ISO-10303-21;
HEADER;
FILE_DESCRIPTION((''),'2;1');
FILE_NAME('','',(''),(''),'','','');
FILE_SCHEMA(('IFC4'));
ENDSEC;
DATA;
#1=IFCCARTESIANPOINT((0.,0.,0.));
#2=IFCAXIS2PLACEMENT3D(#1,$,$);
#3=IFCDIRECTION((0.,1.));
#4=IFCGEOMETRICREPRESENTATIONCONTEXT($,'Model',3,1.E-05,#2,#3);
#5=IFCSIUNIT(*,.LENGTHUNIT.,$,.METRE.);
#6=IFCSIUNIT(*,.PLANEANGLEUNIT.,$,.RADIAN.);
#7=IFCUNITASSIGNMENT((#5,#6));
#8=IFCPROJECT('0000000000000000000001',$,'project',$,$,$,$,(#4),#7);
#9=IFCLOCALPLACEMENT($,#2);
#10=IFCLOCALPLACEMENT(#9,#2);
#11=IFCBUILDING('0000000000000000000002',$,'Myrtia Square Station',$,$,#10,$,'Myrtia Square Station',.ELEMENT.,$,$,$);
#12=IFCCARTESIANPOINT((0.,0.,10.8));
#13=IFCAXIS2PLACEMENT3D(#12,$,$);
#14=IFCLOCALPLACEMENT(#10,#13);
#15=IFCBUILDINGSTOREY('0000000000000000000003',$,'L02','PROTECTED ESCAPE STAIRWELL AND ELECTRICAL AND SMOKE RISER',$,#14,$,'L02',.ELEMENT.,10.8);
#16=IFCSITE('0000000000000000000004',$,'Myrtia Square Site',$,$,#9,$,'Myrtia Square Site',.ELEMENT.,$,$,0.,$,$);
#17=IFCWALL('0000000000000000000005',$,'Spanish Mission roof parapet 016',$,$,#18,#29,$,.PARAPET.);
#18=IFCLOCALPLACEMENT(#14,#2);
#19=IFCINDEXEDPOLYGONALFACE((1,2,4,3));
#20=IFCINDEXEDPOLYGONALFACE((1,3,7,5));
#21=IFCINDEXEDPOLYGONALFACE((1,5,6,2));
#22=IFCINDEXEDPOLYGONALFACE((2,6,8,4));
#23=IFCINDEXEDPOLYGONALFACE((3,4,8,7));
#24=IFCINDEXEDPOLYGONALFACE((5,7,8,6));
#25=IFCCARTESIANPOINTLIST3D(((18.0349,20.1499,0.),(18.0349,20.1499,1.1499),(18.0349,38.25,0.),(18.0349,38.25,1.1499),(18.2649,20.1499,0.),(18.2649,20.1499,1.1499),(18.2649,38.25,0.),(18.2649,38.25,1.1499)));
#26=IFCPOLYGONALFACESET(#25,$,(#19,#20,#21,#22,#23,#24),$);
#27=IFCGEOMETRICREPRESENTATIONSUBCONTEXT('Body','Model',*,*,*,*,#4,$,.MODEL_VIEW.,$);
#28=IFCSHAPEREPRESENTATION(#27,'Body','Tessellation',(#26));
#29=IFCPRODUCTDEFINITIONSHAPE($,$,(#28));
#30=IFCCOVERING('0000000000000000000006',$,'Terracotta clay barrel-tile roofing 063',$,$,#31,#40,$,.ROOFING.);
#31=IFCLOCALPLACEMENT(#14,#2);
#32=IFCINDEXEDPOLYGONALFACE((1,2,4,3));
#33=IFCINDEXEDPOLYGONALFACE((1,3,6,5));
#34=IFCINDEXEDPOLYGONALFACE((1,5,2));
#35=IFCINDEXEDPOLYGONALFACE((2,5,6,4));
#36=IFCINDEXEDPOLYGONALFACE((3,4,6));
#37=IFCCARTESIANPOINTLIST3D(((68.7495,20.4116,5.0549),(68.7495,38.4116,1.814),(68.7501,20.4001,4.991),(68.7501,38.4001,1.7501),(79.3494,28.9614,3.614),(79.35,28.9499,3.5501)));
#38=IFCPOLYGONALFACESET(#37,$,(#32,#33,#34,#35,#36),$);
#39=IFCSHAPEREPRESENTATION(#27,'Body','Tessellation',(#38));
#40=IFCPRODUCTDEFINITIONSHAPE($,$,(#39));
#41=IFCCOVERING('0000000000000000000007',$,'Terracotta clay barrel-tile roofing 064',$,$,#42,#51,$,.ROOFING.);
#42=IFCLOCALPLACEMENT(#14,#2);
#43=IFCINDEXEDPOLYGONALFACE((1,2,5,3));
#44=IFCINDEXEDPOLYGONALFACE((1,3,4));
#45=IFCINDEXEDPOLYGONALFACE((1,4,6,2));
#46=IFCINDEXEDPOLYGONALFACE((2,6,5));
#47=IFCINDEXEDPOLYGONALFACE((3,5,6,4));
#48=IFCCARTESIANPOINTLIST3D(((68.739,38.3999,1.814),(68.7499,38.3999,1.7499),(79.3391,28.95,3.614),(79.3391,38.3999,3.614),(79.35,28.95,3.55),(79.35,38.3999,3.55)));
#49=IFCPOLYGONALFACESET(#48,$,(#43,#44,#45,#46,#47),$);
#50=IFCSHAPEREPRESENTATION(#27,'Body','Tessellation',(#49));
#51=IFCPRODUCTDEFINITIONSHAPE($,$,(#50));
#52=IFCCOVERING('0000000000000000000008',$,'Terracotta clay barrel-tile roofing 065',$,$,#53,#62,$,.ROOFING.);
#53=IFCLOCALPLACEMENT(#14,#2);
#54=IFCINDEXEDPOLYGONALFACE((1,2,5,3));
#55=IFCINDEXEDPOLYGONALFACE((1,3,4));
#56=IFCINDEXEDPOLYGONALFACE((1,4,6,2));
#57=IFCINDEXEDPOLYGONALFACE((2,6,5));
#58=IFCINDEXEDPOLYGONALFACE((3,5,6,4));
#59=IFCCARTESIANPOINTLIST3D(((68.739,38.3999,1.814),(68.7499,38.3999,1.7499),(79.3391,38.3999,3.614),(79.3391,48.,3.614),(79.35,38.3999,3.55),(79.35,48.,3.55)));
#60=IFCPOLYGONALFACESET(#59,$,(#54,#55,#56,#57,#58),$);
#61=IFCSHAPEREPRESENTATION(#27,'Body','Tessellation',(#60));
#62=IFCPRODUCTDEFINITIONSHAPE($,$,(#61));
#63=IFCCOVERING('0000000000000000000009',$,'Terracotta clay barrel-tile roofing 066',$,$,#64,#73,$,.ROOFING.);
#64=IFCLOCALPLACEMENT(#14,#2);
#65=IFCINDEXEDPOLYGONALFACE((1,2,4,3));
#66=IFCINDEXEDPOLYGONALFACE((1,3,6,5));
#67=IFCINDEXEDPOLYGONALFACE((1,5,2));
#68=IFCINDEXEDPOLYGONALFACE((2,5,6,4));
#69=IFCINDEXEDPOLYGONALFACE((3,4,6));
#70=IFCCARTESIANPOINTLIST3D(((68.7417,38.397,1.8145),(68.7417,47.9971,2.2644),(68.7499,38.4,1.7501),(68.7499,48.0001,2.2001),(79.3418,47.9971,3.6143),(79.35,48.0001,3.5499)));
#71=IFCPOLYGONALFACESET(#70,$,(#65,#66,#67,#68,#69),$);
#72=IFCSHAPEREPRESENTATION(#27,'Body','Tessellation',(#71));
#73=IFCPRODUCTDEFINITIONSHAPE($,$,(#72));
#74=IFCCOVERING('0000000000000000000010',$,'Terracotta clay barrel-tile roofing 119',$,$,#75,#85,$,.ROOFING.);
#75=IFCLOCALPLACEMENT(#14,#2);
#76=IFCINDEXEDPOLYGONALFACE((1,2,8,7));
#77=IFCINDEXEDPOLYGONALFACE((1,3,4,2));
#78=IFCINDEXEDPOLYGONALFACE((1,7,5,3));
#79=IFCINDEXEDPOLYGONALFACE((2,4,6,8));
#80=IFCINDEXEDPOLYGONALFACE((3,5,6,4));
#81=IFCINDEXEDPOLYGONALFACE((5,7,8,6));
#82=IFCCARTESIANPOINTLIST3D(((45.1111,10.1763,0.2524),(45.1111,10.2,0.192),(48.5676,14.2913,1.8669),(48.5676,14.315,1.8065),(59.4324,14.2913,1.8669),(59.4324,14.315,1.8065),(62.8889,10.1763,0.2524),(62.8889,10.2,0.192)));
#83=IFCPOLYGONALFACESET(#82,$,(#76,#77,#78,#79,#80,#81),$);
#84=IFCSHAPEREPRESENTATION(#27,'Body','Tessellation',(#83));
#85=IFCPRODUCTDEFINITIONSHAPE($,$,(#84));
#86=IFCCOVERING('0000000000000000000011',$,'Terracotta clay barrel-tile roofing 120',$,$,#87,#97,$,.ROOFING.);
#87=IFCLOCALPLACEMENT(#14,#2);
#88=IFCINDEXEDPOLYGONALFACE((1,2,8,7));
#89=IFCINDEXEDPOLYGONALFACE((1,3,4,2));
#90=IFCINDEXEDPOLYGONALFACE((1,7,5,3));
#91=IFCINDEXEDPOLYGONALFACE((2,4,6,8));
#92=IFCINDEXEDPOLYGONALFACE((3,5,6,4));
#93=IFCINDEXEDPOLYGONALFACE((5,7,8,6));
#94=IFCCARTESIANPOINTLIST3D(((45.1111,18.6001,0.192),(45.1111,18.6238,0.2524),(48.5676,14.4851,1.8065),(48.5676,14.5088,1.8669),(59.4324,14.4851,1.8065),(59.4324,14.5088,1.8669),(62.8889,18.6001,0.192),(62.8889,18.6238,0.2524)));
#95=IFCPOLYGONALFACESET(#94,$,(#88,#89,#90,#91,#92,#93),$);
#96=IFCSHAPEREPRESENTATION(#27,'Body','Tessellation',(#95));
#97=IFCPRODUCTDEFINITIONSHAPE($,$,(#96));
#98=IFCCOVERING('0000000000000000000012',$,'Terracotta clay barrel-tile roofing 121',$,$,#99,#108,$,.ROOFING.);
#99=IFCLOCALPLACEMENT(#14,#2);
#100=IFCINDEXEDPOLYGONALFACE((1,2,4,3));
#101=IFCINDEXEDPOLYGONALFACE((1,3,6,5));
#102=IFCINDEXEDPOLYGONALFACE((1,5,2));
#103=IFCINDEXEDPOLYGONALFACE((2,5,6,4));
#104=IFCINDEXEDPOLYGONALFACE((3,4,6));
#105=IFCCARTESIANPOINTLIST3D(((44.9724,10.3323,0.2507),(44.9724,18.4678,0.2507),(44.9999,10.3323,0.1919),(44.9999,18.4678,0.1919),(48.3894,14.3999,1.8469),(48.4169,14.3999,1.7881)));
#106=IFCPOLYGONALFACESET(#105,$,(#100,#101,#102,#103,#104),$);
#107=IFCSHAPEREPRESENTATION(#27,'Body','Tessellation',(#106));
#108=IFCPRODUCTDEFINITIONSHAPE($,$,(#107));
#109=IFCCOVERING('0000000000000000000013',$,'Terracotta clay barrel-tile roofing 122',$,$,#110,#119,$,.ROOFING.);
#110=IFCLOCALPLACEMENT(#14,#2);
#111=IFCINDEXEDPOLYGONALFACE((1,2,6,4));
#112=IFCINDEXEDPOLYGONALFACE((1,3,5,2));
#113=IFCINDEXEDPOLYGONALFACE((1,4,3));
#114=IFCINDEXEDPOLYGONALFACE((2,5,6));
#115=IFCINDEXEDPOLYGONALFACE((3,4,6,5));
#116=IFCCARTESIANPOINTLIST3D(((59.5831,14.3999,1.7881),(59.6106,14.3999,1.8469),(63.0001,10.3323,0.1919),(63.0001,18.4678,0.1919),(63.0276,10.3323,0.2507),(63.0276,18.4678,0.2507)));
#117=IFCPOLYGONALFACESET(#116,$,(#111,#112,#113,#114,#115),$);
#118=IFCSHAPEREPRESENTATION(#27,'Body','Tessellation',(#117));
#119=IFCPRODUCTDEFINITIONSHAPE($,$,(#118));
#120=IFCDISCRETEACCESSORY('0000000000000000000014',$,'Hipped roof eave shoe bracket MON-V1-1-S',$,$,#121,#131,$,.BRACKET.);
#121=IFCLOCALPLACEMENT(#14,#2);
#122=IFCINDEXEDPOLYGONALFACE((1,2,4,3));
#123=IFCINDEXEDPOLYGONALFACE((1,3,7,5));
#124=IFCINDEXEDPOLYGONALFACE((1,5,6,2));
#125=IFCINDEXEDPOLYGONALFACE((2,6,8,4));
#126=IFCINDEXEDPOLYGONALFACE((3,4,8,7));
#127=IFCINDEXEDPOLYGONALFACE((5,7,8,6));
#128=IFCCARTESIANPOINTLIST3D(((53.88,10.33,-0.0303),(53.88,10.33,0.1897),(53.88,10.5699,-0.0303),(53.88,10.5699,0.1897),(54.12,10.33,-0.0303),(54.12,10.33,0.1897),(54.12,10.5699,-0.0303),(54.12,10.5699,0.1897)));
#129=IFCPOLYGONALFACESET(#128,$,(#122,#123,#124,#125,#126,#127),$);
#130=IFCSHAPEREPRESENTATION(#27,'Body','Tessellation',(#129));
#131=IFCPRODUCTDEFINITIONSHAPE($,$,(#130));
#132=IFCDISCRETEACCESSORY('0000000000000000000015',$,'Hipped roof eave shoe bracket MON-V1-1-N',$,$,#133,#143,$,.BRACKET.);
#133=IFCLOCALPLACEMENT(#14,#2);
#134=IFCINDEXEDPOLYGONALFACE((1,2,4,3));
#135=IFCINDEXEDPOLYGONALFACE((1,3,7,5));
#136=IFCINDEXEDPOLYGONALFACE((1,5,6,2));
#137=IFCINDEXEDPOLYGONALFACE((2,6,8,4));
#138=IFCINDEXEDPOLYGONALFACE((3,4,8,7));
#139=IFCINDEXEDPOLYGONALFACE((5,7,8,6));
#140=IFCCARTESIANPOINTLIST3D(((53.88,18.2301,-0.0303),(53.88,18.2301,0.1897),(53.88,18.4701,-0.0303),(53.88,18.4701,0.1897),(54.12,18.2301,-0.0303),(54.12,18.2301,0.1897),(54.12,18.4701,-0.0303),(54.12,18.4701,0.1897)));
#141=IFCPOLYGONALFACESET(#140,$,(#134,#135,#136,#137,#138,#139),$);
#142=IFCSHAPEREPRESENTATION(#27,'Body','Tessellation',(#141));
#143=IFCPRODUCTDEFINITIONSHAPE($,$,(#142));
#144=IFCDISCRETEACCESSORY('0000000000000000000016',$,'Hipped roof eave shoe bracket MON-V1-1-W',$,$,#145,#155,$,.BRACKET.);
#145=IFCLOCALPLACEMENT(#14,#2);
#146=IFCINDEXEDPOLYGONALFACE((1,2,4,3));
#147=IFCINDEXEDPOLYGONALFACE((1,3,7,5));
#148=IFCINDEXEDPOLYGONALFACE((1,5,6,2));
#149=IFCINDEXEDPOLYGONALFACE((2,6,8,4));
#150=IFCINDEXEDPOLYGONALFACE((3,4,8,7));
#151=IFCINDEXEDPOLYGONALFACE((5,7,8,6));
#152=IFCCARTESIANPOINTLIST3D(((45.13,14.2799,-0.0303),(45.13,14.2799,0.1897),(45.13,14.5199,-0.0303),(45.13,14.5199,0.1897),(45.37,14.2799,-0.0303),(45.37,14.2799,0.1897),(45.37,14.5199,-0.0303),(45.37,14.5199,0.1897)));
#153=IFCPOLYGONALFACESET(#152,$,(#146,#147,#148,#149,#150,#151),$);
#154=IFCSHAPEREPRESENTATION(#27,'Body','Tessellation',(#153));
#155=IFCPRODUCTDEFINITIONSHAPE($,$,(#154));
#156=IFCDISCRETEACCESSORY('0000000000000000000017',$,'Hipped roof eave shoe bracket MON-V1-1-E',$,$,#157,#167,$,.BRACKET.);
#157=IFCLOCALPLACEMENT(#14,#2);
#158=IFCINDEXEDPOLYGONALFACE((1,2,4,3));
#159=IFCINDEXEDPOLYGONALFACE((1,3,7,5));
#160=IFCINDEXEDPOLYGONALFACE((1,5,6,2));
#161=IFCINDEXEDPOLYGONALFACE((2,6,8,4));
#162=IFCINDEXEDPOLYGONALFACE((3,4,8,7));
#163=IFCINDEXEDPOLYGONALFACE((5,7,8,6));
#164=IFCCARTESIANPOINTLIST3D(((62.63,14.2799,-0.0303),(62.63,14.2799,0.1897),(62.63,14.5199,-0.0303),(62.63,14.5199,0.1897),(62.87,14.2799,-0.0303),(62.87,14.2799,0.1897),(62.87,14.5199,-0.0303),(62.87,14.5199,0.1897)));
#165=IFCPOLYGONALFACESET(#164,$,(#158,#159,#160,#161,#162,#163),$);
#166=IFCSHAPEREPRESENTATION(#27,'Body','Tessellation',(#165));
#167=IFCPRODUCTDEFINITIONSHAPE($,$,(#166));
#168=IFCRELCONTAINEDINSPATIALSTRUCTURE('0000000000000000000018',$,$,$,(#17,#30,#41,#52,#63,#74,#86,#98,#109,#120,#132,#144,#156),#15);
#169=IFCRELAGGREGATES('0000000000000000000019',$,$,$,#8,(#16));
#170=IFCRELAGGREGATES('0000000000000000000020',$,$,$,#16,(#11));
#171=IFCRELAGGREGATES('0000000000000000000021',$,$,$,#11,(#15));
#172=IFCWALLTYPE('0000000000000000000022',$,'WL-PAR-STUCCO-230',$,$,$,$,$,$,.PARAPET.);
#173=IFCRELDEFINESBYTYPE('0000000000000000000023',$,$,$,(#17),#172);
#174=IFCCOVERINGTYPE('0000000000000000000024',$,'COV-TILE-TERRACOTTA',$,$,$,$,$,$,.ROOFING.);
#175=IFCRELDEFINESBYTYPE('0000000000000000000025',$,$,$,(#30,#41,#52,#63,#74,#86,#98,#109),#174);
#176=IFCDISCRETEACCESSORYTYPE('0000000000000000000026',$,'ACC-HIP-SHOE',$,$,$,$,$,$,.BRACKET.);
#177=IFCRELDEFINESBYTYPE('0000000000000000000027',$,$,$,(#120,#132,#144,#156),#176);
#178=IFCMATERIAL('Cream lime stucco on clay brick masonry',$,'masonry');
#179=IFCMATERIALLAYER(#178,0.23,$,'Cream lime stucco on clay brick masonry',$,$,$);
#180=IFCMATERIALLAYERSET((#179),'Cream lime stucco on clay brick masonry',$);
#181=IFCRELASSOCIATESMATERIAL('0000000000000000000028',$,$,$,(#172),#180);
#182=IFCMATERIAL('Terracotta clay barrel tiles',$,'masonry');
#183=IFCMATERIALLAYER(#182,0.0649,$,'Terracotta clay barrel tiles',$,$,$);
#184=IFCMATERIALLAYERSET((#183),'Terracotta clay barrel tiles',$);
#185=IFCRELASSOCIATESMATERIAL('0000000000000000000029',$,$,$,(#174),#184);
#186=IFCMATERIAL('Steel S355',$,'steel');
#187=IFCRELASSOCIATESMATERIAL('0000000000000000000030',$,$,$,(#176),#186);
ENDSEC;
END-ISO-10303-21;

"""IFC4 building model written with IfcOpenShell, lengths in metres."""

from ifc_helpers import new_model, si_unit, direction, frame, frame_2d, origin, origin_2d, place, context, subcontext, project, spatial, polyline, rectangle, outline, extrude, material, layer, layer_set, type_object, element, save


model = new_model("IFC4")

# Units and contexts
model_context = context("Model", 3, precision=1e-05, world=origin(), true_north=direction((0.0, 1.0)))
body_context = subcontext(model_context, "Body", "Model", "MODEL_VIEW")
ifc_project = project(units=[si_unit("LENGTHUNIT", "METRE"), si_unit("PLANEANGLEUNIT", "RADIAN")], contexts=[model_context])

# Site, building, storey
site_placement = place(None, origin())
site = spatial("IfcSite", under=ifc_project, at=site_placement, Name="Myrtia Square Site", LongName="Myrtia Square Site", CompositionType="ELEMENT", RefElevation=0.0)
building_placement = place(site_placement, origin())
building = spatial("IfcBuilding", under=site, at=building_placement, Name="Myrtia Square Station", LongName="Myrtia Square Station", CompositionType="ELEMENT")
storey_placement = place(building_placement, frame((0.0, 0.0, 10.8)))
storey = spatial("IfcBuildingStorey", under=building, at=storey_placement, Name="L02", Description="PROTECTED ESCAPE STAIRWELL AND ELECTRICAL AND SMOKE RISER", LongName="L02", CompositionType="ELEMENT", Elevation=10.8)

# Shared definitions
ifc_material_1 = material(Name="Steel S355", Category="steel")

# Wall
ifc_material_2 = material(Name="Cream lime stucco on clay brick masonry", Category="masonry")
ifc_layer_1 = layer(ifc_material_2, 0.23, Name="Cream lime stucco on clay brick masonry")
ifc_layer_set_1 = layer_set([ifc_layer_1], Name="Cream lime stucco on clay brick masonry")
wall_type_1 = type_object("IfcWallType", Name="WL-PAR-STUCCO-230", PredefinedType="PARAPET", material=ifc_layer_set_1)
wall_1_placement = place(storey_placement, frame((18.1499, 38.25, 0.0), z_axis=(0.0, 0.0, 1.0), x_axis=(0.0, -1.0, 0.0)))
element("IfcWall", 1, at=wall_1_placement, inside=storey, type_object=wall_type_1, Name="Spanish Mission roof parapet 016", PredefinedType="PARAPET", context=body_context, shape_type="SweptSolid", body=[
    extrude(rectangle(XDim=18.1001, YDim=0.23, at=frame_2d((9.05, 0.0))), origin(), (0.0, 0.0, 1.0), 1.1499),
])

# Coverings
ifc_material_3 = material(Name="Terracotta clay barrel tiles", Category="masonry")
ifc_layer_2 = layer(ifc_material_3, 0.0649, Name="Terracotta clay barrel tiles")
ifc_layer_set_2 = layer_set([ifc_layer_2], Name="Terracotta clay barrel tiles")
covering_type = type_object("IfcCoveringType", Name="COV-TILE-TERRACOTTA", PredefinedType="ROOFING", material=ifc_layer_set_2)
covering_1_placement = place(storey_placement, frame((68.7495, 20.4116, 5.0549), z_axis=(-0.009146, 0.177197, 0.984133), x_axis=(0.774037, 0.624336, -0.105221)))
element("IfcCovering", 2, at=covering_1_placement, inside=storey, type_object=covering_type, Name="Terracotta clay barrel-tile roofing 063", PredefinedType="ROOFING", context=body_context, shape_type="SweptSolid", body=[
    extrude(outline(polyline([(0.0, 0.0), (13.6942, 0.0), (11.5791, 14.1573), (0.0, 0.0)])), origin(), (0.0, 0.0, -1.0), 0.0649),
])
covering_2_placement = place(storey_placement, frame((68.739, 38.3999, 1.814), z_axis=(-0.167418, 0.0, 0.985886), x_axis=(0.740517, -0.660168, 0.12575)))
element("IfcCovering", 3, at=covering_2_placement, inside=storey, type_object=covering_type, Name="Terracotta clay barrel-tile roofing 064", PredefinedType="ROOFING", context=body_context, shape_type="SweptSolid", body=[
    extrude(outline(polyline([(0.0, 0.0), (14.3145, 0.0), (8.0759, 7.098), (0.0, 0.0)])), origin(), (0.0, 0.0, -1.0), 0.0649),
])
covering_3_placement = place(storey_placement, frame((68.739, 38.3999, 1.814), z_axis=(-0.167418, 0.0, 0.985886), x_axis=(0.985886, 0.0, 0.167418)))
element("IfcCovering", 4, at=covering_3_placement, inside=storey, type_object=covering_type, Name="Terracotta clay barrel-tile roofing 065", PredefinedType="ROOFING", context=body_context, shape_type="SweptSolid", body=[
    extrude(outline(polyline([(0.0, 0.0), (10.7518, 0.0), (10.7518, 9.6001), (0.0, 0.0)])), origin(), (0.0, 0.0, -1.0), 0.0649),
])
covering_4_placement = place(storey_placement, frame((68.7417, 38.397, 1.8145), z_axis=(-0.126187, -0.046444, 0.990919), x_axis=(0.735403, 0.666026, 0.124865)))
element("IfcCovering", 5, at=covering_4_placement, inside=storey, type_object=covering_type, Name="Terracotta clay barrel-tile roofing 066", PredefinedType="ROOFING", context=body_context, shape_type="SweptSolid", body=[
    extrude(outline(polyline([(0.0, 0.0), (14.414, 0.0), (6.4501, 7.1246), (0.0, 0.0)])), origin(), (0.0, 0.0, -1.0), 0.0649),
])
for number, where, z_axis, x_axis, name in (
    (6, (45.1111, 10.1763, 0.2524), (0.0, -0.365241, 0.930913), (1.0, 0.0, 0.0), "Terracotta clay barrel-tile roofing 119"),
    (7, (62.8889, 18.6238, 0.2524), (0.0, 0.365241, 0.930913), (-1.0, 0.0, 0.0), "Terracotta clay barrel-tile roofing 120"),
):
    element("IfcCovering", number, at=place(storey_placement, frame(where, z_axis=z_axis, x_axis=x_axis)), inside=storey, type_object=covering_type, Name=name, PredefinedType="ROOFING", context=body_context, shape_type="SweptSolid", body=[
        extrude(outline(polyline([(0.0, 0.0), (17.7778, 0.0), (14.3213, 4.4204), (3.4565, 4.4204), (0.0, 0.0)])), origin(), (0.0, 0.0, -1.0), 0.0649),
    ])
covering_5_placement = place(storey_placement, frame((44.9724, 18.4678, 0.2507), z_axis=(-0.423233, 0.0, 0.906021), x_axis=(0.0, -1.0, 0.0)))
element("IfcCovering", 8, at=covering_5_placement, inside=storey, type_object=covering_type, Name="Terracotta clay barrel-tile roofing 121", PredefinedType="ROOFING", context=body_context, shape_type="SweptSolid", body=[
    extrude(outline(polyline([(0.0, 0.0), (8.1355, 0.0), (4.0679, 3.7714), (0.0, 0.0)])), origin(), (0.0, 0.0, -1.0), 0.0649),
])
covering_6_placement = place(storey_placement, frame((63.0276, 10.3323, 0.2507), z_axis=(0.423233, 0.0, 0.906021), x_axis=(0.0, 1.0, 0.0)))
element("IfcCovering", 9, at=covering_6_placement, inside=storey, type_object=covering_type, Name="Terracotta clay barrel-tile roofing 122", PredefinedType="ROOFING", context=body_context, shape_type="SweptSolid", body=[
    extrude(outline(polyline([(0.0, 0.0), (8.1355, 0.0), (4.0676, 3.7714), (0.0, 0.0)])), origin(), (0.0, 0.0, -1.0), 0.0649),
])

# Discrete accessories
discrete_accessory_type = type_object("IfcDiscreteAccessoryType", Name="ACC-HIP-SHOE", PredefinedType="BRACKET", material=ifc_material_1)
for number, where, z_axis, x_axis, name in (
    (10, (54.0, 10.45, -0.0303), (0.0, 0.0, 1.0), (1.0, 0.0, 0.0), "Hipped roof eave shoe bracket MON-V1-1-S"),
    (11, (54.0, 18.3501, -0.0303), (0.0, 0.0, 1.0), (1.0, 0.0, 0.0), "Hipped roof eave shoe bracket MON-V1-1-N"),
    (12, (45.25, 14.3999, -0.0303), (0.0, 0.0, 1.0), (1.0, 0.0, 0.0), "Hipped roof eave shoe bracket MON-V1-1-W"),
    (13, (62.75, 14.3999, -0.0303), (0.0, 0.0, 1.0), (1.0, 0.0, 0.0), "Hipped roof eave shoe bracket MON-V1-1-E"),
):
    element("IfcDiscreteAccessory", number, at=place(storey_placement, frame(where, z_axis=z_axis, x_axis=x_axis)), inside=storey, type_object=discrete_accessory_type, Name=name, PredefinedType="BRACKET", context=body_context, shape_type="SweptSolid", body=[
        extrude(rectangle(XDim=0.24, YDim=0.24, at=origin_2d()), origin(), (0.0, 0.0, 1.0), 0.22),
    ])

save(model, "model.ifc")
